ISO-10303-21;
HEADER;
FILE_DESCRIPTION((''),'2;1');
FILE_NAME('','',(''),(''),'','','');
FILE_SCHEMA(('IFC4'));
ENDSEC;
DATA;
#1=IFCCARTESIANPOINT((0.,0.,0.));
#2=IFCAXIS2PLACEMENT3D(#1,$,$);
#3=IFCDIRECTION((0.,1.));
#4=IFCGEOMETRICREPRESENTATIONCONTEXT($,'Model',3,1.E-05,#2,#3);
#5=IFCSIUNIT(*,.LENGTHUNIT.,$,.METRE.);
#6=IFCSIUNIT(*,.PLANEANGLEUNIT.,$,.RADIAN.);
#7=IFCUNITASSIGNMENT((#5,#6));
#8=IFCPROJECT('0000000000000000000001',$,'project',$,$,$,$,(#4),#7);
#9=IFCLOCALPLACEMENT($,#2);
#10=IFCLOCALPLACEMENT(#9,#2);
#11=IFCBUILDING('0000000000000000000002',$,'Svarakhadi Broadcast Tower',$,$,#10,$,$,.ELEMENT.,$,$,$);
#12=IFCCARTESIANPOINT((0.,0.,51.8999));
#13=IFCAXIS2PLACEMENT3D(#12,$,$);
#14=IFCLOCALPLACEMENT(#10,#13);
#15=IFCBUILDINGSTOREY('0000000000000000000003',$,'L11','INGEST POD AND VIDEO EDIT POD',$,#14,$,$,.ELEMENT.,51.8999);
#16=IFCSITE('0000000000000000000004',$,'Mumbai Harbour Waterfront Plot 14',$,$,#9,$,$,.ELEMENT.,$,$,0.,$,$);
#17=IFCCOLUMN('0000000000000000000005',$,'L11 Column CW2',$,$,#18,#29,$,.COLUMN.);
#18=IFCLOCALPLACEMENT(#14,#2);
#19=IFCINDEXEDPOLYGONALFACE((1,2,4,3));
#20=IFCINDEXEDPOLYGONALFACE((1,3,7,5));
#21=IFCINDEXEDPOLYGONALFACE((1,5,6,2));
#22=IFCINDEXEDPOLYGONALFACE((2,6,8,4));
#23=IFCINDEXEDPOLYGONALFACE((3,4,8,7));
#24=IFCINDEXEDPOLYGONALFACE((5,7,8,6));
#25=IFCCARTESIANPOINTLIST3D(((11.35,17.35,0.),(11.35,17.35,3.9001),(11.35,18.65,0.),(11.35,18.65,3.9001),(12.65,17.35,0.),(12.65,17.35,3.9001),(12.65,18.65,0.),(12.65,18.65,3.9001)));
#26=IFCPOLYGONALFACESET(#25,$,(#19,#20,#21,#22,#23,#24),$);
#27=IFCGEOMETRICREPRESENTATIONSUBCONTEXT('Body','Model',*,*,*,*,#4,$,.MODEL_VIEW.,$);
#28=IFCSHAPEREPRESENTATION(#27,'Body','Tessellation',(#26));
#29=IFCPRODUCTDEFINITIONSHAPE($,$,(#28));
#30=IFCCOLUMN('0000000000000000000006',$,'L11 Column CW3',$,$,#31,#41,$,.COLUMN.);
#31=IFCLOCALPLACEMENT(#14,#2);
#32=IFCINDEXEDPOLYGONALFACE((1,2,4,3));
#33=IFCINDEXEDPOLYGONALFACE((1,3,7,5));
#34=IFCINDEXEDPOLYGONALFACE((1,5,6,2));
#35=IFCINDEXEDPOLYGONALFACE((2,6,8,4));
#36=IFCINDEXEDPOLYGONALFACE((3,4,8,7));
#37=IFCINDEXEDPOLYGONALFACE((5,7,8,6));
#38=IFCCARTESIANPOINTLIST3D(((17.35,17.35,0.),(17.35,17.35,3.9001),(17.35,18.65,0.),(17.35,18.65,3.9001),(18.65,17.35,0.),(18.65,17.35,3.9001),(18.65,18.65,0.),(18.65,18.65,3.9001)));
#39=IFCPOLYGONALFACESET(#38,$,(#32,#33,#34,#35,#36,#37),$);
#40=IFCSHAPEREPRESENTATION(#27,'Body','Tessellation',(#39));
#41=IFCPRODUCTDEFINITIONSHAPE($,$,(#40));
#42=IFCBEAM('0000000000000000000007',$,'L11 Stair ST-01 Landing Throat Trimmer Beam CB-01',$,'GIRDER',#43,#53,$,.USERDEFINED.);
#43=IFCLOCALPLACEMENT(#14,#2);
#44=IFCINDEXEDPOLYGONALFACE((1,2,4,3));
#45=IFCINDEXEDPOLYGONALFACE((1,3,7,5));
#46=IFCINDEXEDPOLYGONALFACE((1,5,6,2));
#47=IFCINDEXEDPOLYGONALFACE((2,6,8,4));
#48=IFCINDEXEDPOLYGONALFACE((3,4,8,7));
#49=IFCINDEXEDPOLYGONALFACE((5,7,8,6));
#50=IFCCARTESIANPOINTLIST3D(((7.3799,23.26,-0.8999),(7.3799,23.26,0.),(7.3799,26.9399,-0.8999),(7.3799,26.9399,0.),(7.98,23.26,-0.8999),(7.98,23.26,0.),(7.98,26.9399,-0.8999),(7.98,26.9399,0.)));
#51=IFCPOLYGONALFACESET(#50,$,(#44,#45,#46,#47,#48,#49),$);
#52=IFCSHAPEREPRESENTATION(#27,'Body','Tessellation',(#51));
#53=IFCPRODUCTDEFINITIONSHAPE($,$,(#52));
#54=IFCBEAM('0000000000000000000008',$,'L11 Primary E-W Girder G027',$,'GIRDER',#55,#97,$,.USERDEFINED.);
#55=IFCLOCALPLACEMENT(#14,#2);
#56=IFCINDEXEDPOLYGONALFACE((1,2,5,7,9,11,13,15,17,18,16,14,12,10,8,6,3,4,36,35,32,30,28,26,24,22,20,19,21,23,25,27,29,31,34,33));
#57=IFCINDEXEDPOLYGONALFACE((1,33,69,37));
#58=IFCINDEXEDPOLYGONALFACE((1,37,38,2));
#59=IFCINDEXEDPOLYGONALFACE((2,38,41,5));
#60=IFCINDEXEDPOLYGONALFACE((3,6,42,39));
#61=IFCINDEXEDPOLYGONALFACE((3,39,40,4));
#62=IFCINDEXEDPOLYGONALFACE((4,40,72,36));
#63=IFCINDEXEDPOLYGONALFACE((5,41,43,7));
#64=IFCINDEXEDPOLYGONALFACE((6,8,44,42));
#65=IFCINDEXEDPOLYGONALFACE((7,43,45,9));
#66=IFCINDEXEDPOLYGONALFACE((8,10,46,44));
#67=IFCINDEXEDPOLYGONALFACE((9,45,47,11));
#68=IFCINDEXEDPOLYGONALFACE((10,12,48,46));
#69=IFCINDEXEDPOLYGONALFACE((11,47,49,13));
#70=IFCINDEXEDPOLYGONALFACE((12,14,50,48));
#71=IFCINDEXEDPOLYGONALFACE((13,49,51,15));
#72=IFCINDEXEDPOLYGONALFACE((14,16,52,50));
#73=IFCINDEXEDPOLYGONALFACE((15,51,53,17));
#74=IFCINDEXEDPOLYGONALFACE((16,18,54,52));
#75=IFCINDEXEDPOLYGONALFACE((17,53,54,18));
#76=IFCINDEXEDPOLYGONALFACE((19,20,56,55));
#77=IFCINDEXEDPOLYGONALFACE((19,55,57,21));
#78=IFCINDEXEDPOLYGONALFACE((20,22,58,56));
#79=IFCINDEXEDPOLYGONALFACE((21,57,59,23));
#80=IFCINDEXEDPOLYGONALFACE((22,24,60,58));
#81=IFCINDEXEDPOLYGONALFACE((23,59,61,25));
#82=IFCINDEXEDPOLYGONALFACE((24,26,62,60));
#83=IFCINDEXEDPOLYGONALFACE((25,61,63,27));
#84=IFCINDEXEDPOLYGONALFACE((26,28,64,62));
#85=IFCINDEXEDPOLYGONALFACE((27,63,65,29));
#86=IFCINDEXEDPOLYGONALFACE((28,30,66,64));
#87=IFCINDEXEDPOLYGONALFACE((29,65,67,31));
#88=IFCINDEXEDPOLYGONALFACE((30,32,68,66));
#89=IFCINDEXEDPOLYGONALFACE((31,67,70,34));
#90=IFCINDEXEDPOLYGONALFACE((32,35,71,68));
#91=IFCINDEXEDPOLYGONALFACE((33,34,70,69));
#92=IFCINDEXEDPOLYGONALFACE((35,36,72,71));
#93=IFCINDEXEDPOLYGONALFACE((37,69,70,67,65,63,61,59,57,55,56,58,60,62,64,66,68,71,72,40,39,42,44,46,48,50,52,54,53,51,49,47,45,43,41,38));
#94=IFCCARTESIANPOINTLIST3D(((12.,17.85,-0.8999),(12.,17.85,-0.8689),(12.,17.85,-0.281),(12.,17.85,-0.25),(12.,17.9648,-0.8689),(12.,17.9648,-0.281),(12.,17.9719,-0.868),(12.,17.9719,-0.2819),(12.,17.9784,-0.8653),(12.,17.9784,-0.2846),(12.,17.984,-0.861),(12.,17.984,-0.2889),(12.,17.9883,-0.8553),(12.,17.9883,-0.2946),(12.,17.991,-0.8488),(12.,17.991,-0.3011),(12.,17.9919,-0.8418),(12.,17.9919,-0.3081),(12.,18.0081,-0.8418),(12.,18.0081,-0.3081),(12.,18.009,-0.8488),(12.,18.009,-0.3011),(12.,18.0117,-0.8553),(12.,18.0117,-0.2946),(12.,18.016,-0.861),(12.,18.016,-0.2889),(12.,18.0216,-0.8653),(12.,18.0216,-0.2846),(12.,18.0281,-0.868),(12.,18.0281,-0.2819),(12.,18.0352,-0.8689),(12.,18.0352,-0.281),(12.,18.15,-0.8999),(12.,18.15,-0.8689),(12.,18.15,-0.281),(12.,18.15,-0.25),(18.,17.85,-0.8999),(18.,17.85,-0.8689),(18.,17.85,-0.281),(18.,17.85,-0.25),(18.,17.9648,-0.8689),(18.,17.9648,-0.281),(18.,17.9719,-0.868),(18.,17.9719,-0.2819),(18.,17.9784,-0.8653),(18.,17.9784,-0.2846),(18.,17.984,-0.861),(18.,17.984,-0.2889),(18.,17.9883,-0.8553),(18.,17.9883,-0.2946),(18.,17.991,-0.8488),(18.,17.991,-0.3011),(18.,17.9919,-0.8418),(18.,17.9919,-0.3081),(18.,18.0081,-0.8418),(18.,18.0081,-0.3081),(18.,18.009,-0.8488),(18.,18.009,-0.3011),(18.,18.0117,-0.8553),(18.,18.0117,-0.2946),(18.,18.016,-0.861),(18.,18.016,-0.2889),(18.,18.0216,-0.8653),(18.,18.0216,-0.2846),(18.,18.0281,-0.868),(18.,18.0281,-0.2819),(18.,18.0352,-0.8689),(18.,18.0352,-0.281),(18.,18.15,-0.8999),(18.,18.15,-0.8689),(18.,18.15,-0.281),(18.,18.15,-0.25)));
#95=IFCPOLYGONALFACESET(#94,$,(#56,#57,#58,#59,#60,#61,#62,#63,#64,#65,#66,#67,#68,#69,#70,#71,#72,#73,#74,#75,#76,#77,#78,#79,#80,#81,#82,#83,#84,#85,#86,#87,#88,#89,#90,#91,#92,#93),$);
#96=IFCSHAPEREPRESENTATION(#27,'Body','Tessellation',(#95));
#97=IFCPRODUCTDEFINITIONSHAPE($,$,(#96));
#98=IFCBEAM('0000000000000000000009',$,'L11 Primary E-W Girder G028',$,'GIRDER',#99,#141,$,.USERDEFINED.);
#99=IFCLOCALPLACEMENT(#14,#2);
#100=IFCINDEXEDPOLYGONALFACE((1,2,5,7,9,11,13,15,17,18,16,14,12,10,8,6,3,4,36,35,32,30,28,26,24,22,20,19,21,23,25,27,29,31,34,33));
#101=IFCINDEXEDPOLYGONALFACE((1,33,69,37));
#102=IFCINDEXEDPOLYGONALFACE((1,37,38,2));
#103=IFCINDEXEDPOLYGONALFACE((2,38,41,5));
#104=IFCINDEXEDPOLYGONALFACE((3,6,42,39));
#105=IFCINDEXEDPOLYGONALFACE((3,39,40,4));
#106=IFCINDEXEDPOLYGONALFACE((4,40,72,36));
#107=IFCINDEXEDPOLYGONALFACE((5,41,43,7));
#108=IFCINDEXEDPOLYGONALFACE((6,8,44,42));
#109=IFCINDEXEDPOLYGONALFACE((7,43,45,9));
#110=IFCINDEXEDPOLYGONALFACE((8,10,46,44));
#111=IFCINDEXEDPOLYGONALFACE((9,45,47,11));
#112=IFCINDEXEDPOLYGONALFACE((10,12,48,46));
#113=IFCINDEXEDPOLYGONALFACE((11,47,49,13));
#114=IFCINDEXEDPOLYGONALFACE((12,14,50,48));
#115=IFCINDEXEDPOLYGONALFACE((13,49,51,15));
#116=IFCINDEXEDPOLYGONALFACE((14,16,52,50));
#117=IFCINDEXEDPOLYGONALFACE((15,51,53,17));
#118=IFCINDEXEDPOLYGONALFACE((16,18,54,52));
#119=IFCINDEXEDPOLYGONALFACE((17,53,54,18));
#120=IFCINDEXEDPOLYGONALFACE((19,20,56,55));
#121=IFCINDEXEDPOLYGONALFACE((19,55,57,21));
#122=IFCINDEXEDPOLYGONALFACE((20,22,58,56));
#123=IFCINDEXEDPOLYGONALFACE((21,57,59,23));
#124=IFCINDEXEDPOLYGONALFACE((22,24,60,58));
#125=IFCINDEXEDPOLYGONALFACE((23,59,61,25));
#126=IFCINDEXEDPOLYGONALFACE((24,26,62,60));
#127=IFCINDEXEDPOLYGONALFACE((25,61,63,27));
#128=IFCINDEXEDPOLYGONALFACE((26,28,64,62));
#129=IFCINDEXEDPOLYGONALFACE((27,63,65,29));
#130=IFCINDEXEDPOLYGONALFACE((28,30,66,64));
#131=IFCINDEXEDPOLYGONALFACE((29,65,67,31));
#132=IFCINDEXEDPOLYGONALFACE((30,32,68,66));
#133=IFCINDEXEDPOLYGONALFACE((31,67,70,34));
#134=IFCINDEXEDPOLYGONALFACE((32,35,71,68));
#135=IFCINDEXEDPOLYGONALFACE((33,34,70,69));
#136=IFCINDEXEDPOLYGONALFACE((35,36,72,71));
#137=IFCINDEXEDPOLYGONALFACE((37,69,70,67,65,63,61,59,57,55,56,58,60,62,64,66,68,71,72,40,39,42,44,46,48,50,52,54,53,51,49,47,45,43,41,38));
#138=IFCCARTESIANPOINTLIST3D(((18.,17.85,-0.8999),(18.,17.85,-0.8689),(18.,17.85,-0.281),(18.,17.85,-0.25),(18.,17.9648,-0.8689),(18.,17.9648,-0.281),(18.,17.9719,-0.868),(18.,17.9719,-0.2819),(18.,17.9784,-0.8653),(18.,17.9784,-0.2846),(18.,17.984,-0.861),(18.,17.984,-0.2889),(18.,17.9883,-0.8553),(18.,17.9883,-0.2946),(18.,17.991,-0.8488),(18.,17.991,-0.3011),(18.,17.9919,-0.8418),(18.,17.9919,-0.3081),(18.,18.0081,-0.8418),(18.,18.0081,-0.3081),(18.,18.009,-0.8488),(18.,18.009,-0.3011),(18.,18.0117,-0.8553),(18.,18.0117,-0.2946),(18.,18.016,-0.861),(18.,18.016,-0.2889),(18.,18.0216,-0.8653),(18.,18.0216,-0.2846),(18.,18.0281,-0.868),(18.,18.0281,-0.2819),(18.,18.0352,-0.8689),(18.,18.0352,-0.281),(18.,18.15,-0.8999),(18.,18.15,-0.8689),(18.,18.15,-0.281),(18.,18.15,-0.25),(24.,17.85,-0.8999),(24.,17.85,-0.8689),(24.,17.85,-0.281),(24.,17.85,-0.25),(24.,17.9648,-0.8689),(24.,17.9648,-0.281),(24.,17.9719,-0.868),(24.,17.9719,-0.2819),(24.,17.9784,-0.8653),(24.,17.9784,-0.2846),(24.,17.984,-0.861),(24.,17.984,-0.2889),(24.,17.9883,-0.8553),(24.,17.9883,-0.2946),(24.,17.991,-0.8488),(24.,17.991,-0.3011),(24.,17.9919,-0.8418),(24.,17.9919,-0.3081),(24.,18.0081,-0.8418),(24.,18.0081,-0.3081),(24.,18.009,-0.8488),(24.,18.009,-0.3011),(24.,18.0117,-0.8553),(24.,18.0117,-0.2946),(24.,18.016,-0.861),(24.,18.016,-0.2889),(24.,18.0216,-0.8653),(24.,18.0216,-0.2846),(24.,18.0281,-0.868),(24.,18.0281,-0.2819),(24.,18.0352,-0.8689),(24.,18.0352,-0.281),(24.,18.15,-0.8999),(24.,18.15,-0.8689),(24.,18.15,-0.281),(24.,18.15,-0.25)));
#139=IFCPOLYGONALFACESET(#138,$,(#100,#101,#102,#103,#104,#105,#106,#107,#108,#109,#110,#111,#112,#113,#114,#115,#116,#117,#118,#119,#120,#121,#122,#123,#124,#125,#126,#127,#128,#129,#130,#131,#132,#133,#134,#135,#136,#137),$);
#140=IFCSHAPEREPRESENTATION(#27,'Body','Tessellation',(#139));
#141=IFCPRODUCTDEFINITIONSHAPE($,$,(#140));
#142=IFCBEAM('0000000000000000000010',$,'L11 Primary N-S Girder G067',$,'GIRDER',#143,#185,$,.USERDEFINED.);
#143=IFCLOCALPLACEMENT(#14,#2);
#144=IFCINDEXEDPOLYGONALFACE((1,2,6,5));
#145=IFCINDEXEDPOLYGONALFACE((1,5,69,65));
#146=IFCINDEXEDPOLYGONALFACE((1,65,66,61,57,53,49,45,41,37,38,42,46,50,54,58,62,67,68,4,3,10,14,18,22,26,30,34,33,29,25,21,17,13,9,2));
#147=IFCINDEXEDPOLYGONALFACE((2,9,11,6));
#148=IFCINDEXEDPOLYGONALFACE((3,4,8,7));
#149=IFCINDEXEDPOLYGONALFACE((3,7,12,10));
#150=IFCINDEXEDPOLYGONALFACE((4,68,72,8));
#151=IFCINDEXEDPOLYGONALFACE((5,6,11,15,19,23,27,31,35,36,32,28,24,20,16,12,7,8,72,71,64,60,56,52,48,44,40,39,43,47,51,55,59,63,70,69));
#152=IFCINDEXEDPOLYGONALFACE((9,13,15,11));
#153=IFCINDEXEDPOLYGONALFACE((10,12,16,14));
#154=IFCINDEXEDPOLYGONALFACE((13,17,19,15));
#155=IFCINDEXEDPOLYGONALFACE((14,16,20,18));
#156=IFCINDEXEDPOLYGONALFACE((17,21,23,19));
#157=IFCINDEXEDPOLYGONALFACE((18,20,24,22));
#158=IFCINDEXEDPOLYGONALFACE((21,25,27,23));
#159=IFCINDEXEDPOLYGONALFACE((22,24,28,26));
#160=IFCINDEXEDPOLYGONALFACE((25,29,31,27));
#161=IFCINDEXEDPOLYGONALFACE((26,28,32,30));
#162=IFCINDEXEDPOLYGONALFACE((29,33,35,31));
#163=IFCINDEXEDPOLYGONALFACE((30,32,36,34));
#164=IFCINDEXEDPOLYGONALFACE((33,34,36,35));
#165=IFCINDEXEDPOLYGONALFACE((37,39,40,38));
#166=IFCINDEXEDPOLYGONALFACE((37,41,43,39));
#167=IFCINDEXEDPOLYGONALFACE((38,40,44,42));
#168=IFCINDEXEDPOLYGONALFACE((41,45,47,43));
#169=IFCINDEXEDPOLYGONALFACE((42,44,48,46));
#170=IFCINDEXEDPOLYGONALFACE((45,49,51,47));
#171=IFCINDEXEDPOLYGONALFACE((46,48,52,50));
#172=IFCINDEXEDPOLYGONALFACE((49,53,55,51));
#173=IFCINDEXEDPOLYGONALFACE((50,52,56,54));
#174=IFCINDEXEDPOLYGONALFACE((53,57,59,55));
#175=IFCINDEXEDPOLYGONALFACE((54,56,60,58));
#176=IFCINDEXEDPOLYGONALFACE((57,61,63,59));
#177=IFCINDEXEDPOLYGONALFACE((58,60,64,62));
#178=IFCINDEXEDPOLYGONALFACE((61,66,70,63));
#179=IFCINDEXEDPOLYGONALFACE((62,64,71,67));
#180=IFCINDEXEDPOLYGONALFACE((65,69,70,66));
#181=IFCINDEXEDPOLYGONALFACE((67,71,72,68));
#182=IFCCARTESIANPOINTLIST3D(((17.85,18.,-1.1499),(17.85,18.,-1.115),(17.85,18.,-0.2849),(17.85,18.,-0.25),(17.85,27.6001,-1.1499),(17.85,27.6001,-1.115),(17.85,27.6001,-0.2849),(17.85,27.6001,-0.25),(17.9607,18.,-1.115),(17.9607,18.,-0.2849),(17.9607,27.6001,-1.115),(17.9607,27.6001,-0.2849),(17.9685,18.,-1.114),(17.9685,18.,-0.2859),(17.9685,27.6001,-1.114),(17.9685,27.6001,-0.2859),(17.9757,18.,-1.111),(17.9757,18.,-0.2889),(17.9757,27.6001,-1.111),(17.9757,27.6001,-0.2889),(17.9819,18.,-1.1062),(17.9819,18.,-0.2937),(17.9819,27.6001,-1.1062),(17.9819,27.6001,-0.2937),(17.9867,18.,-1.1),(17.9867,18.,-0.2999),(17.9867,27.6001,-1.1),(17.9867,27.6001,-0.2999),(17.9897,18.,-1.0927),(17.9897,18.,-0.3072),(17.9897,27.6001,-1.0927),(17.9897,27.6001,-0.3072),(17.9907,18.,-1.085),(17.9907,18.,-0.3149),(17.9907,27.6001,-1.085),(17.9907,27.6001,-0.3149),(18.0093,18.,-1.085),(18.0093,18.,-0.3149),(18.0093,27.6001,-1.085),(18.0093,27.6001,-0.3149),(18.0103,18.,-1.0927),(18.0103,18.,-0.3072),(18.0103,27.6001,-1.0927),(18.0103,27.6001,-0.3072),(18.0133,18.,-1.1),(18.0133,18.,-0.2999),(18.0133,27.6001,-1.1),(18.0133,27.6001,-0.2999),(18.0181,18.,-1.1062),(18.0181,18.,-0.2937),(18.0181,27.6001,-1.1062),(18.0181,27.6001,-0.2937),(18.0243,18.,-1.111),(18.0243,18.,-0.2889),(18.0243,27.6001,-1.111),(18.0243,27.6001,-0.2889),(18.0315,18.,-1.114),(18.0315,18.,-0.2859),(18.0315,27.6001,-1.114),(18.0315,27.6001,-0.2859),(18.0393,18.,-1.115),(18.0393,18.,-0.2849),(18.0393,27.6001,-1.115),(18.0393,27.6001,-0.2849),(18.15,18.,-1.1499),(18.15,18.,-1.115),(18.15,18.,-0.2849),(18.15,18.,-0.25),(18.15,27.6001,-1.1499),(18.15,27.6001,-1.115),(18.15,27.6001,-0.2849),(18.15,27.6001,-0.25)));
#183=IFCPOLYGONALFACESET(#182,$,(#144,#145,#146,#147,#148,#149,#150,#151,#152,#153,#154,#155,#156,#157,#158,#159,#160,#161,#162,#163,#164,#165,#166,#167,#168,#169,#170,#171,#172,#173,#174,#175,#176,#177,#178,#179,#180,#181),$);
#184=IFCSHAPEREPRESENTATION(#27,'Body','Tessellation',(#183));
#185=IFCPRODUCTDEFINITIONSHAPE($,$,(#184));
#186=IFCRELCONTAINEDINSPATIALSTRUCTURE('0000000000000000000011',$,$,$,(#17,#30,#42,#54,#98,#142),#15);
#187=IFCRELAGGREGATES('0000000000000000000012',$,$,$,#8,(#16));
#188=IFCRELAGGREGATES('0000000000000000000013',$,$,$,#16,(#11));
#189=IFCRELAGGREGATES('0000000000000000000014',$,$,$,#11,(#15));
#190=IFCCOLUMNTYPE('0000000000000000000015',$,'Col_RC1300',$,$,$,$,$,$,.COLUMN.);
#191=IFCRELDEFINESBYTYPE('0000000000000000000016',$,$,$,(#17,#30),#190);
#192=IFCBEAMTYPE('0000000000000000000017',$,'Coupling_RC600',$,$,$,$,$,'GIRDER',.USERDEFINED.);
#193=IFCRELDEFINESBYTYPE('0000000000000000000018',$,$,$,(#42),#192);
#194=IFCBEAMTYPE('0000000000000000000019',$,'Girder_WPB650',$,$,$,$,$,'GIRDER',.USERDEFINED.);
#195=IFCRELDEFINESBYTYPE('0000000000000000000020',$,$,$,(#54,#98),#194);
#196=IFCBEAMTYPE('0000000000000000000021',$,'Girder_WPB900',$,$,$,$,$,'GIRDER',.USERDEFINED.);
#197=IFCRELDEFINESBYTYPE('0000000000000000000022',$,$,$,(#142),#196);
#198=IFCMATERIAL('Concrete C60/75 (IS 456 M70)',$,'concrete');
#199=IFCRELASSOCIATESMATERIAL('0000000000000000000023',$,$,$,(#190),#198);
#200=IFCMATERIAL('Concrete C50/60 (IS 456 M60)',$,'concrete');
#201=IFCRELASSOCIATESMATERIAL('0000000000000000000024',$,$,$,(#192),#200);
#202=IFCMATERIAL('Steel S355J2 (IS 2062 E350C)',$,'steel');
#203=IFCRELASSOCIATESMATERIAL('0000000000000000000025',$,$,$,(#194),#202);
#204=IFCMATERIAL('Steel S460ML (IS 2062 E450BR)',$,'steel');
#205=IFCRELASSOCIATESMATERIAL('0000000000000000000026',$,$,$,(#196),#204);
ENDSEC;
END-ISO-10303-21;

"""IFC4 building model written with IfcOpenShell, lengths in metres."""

from ifc_helpers import new_model, si_unit, direction, frame, origin, origin_2d, place, context, subcontext, project, spatial, rectangle, i_section, extrude, material, material_profile, profile_set, type_object, element, save


model = new_model("IFC4")

# Units and contexts
model_context = context("Model", 3, precision=1e-05, world=origin(), true_north=direction((0.0, 1.0)))
body_context = subcontext(model_context, "Body", "Model", "MODEL_VIEW")
ifc_project = project(units=[si_unit("LENGTHUNIT", "METRE"), si_unit("PLANEANGLEUNIT", "RADIAN")], contexts=[model_context])

# Site, building, storey
site_placement = place(None, origin())
site = spatial("IfcSite", under=ifc_project, at=site_placement, Name="Mumbai Harbour Waterfront Plot 14", CompositionType="ELEMENT", RefElevation=0.0)
building_placement = place(site_placement, origin())
building = spatial("IfcBuilding", under=site, at=building_placement, Name="Svarakhadi Broadcast Tower", CompositionType="ELEMENT")
storey_placement = place(building_placement, frame((0.0, 0.0, 51.8999)))
storey = spatial("IfcBuildingStorey", under=building, at=storey_placement, Name="L11", Description="INGEST POD AND VIDEO EDIT POD", CompositionType="ELEMENT", Elevation=51.8999)

# Columns
ifc_material_1 = material(Name="Concrete C60/75 (IS 456 M70)", Category="concrete")
ifc_material_profile_1 = material_profile(ifc_material_1, rectangle(XDim=1.3, YDim=1.3, at=origin_2d()), Name="RC 1300x1300")
ifc_profile_set_1 = profile_set([ifc_material_profile_1], Name="Concrete C60/75 (IS 456 M70)")
column_type = type_object("IfcColumnType", Name="Col_RC1300", PredefinedType="COLUMN", material=ifc_profile_set_1)
for number, where, z_axis, x_axis, name in (
    (1, (12.0, 18.0, 0.0), (0.0, 0.0, 1.0), (1.0, 0.0, 0.0), "L11 Column CW2"),
    (2, (18.0, 18.0, 0.0), (0.0, 0.0, 1.0), (1.0, 0.0, 0.0), "L11 Column CW3"),
):
    element("IfcColumn", number, at=place(storey_placement, frame(where, z_axis=z_axis, x_axis=x_axis)), inside=storey, type_object=column_type, Name=name, PredefinedType="COLUMN", context=body_context, shape_type="SweptSolid", body=[
        extrude(rectangle(XDim=1.3, YDim=1.3, at=origin_2d()), origin(), (0.0, 0.0, 1.0), 3.9001),
    ])

# Beams
ifc_material_2 = material(Name="Concrete C50/60 (IS 456 M60)", Category="concrete")
ifc_material_profile_2 = material_profile(ifc_material_2, rectangle(XDim=0.6001, YDim=0.8999, at=origin_2d()), Name="RC 600x900")
ifc_profile_set_2 = profile_set([ifc_material_profile_2], Name="Concrete C50/60 (IS 456 M60)")
beam_type_1 = type_object("IfcBeamType", Name="Coupling_RC600", ElementType="GIRDER", PredefinedType="USERDEFINED", material=ifc_profile_set_2)
beam_1_placement = place(storey_placement, frame((7.6799, 23.26, -0.45), z_axis=(0.0, 1.0, 0.0), x_axis=(-1.0, 0.0, 0.0)))
element("IfcBeam", 3, at=beam_1_placement, inside=storey, type_object=beam_type_1, Name="L11 Stair ST-01 Landing Throat Trimmer Beam CB-01", ObjectType="GIRDER", PredefinedType="USERDEFINED", context=body_context, shape_type="SweptSolid", body=[
    extrude(rectangle(XDim=0.6001, YDim=0.8999, at=origin_2d()), origin(), (0.0, 0.0, 1.0), 3.6799),
])
ifc_material_3 = material(Name="Steel S355J2 (IS 2062 E350C)", Category="steel")
ifc_material_profile_3 = material_profile(ifc_material_3, i_section(OverallWidth=0.3, OverallDepth=0.6499, WebThickness=0.0161, FlangeThickness=0.031, FilletRadius=0.0271, at=origin_2d()), Name="WPB 650x300x225")
ifc_profile_set_3 = profile_set([ifc_material_profile_3], Name="Steel S355J2 (IS 2062 E350C)")
beam_type_2 = type_object("IfcBeamType", Name="Girder_WPB650", ElementType="GIRDER", PredefinedType="USERDEFINED", material=ifc_profile_set_3)
for number, where, z_axis, x_axis, name in (
    (4, (12.0, 18.0, -0.575), (1.0, 0.0, 0.0), (0.0, 1.0, 0.0), "L11 Primary E-W Girder G027"),
    (5, (18.0, 18.0, -0.575), (1.0, 0.0, 0.0), (0.0, 1.0, 0.0), "L11 Primary E-W Girder G028"),
):
    element("IfcBeam", number, at=place(storey_placement, frame(where, z_axis=z_axis, x_axis=x_axis)), inside=storey, type_object=beam_type_2, Name=name, ObjectType="GIRDER", PredefinedType="USERDEFINED", context=body_context, shape_type="SweptSolid", body=[
        extrude(i_section(OverallWidth=0.3, OverallDepth=0.6499, WebThickness=0.0161, FlangeThickness=0.031, FilletRadius=0.0271, at=origin_2d()), origin(), (0.0, 0.0, 1.0), 6.0),
    ])
ifc_material_4 = material(Name="Steel S460ML (IS 2062 E450BR)", Category="steel")
ifc_material_profile_4 = material_profile(ifc_material_4, i_section(OverallWidth=0.3, OverallDepth=0.8999, WebThickness=0.0186, FlangeThickness=0.0349, FilletRadius=0.03, at=origin_2d()), Name="WPB 900x300x291")
ifc_profile_set_4 = profile_set([ifc_material_profile_4], Name="Steel S460ML (IS 2062 E450BR)")
beam_type_3 = type_object("IfcBeamType", Name="Girder_WPB900", ElementType="GIRDER", PredefinedType="USERDEFINED", material=ifc_profile_set_4)
beam_2_placement = place(storey_placement, frame((18.0, 18.0, -0.7), z_axis=(0.0, 1.0, 0.0), x_axis=(-1.0, 0.0, 0.0)))
element("IfcBeam", 6, at=beam_2_placement, inside=storey, type_object=beam_type_3, Name="L11 Primary N-S Girder G067", ObjectType="GIRDER", PredefinedType="USERDEFINED", context=body_context, shape_type="SweptSolid", body=[
    extrude(i_section(OverallWidth=0.3, OverallDepth=0.8999, WebThickness=0.0186, FlangeThickness=0.0349, FilletRadius=0.03, at=origin_2d()), origin(), (0.0, 0.0, 1.0), 9.6001),
])

save(model, "model.ifc")
